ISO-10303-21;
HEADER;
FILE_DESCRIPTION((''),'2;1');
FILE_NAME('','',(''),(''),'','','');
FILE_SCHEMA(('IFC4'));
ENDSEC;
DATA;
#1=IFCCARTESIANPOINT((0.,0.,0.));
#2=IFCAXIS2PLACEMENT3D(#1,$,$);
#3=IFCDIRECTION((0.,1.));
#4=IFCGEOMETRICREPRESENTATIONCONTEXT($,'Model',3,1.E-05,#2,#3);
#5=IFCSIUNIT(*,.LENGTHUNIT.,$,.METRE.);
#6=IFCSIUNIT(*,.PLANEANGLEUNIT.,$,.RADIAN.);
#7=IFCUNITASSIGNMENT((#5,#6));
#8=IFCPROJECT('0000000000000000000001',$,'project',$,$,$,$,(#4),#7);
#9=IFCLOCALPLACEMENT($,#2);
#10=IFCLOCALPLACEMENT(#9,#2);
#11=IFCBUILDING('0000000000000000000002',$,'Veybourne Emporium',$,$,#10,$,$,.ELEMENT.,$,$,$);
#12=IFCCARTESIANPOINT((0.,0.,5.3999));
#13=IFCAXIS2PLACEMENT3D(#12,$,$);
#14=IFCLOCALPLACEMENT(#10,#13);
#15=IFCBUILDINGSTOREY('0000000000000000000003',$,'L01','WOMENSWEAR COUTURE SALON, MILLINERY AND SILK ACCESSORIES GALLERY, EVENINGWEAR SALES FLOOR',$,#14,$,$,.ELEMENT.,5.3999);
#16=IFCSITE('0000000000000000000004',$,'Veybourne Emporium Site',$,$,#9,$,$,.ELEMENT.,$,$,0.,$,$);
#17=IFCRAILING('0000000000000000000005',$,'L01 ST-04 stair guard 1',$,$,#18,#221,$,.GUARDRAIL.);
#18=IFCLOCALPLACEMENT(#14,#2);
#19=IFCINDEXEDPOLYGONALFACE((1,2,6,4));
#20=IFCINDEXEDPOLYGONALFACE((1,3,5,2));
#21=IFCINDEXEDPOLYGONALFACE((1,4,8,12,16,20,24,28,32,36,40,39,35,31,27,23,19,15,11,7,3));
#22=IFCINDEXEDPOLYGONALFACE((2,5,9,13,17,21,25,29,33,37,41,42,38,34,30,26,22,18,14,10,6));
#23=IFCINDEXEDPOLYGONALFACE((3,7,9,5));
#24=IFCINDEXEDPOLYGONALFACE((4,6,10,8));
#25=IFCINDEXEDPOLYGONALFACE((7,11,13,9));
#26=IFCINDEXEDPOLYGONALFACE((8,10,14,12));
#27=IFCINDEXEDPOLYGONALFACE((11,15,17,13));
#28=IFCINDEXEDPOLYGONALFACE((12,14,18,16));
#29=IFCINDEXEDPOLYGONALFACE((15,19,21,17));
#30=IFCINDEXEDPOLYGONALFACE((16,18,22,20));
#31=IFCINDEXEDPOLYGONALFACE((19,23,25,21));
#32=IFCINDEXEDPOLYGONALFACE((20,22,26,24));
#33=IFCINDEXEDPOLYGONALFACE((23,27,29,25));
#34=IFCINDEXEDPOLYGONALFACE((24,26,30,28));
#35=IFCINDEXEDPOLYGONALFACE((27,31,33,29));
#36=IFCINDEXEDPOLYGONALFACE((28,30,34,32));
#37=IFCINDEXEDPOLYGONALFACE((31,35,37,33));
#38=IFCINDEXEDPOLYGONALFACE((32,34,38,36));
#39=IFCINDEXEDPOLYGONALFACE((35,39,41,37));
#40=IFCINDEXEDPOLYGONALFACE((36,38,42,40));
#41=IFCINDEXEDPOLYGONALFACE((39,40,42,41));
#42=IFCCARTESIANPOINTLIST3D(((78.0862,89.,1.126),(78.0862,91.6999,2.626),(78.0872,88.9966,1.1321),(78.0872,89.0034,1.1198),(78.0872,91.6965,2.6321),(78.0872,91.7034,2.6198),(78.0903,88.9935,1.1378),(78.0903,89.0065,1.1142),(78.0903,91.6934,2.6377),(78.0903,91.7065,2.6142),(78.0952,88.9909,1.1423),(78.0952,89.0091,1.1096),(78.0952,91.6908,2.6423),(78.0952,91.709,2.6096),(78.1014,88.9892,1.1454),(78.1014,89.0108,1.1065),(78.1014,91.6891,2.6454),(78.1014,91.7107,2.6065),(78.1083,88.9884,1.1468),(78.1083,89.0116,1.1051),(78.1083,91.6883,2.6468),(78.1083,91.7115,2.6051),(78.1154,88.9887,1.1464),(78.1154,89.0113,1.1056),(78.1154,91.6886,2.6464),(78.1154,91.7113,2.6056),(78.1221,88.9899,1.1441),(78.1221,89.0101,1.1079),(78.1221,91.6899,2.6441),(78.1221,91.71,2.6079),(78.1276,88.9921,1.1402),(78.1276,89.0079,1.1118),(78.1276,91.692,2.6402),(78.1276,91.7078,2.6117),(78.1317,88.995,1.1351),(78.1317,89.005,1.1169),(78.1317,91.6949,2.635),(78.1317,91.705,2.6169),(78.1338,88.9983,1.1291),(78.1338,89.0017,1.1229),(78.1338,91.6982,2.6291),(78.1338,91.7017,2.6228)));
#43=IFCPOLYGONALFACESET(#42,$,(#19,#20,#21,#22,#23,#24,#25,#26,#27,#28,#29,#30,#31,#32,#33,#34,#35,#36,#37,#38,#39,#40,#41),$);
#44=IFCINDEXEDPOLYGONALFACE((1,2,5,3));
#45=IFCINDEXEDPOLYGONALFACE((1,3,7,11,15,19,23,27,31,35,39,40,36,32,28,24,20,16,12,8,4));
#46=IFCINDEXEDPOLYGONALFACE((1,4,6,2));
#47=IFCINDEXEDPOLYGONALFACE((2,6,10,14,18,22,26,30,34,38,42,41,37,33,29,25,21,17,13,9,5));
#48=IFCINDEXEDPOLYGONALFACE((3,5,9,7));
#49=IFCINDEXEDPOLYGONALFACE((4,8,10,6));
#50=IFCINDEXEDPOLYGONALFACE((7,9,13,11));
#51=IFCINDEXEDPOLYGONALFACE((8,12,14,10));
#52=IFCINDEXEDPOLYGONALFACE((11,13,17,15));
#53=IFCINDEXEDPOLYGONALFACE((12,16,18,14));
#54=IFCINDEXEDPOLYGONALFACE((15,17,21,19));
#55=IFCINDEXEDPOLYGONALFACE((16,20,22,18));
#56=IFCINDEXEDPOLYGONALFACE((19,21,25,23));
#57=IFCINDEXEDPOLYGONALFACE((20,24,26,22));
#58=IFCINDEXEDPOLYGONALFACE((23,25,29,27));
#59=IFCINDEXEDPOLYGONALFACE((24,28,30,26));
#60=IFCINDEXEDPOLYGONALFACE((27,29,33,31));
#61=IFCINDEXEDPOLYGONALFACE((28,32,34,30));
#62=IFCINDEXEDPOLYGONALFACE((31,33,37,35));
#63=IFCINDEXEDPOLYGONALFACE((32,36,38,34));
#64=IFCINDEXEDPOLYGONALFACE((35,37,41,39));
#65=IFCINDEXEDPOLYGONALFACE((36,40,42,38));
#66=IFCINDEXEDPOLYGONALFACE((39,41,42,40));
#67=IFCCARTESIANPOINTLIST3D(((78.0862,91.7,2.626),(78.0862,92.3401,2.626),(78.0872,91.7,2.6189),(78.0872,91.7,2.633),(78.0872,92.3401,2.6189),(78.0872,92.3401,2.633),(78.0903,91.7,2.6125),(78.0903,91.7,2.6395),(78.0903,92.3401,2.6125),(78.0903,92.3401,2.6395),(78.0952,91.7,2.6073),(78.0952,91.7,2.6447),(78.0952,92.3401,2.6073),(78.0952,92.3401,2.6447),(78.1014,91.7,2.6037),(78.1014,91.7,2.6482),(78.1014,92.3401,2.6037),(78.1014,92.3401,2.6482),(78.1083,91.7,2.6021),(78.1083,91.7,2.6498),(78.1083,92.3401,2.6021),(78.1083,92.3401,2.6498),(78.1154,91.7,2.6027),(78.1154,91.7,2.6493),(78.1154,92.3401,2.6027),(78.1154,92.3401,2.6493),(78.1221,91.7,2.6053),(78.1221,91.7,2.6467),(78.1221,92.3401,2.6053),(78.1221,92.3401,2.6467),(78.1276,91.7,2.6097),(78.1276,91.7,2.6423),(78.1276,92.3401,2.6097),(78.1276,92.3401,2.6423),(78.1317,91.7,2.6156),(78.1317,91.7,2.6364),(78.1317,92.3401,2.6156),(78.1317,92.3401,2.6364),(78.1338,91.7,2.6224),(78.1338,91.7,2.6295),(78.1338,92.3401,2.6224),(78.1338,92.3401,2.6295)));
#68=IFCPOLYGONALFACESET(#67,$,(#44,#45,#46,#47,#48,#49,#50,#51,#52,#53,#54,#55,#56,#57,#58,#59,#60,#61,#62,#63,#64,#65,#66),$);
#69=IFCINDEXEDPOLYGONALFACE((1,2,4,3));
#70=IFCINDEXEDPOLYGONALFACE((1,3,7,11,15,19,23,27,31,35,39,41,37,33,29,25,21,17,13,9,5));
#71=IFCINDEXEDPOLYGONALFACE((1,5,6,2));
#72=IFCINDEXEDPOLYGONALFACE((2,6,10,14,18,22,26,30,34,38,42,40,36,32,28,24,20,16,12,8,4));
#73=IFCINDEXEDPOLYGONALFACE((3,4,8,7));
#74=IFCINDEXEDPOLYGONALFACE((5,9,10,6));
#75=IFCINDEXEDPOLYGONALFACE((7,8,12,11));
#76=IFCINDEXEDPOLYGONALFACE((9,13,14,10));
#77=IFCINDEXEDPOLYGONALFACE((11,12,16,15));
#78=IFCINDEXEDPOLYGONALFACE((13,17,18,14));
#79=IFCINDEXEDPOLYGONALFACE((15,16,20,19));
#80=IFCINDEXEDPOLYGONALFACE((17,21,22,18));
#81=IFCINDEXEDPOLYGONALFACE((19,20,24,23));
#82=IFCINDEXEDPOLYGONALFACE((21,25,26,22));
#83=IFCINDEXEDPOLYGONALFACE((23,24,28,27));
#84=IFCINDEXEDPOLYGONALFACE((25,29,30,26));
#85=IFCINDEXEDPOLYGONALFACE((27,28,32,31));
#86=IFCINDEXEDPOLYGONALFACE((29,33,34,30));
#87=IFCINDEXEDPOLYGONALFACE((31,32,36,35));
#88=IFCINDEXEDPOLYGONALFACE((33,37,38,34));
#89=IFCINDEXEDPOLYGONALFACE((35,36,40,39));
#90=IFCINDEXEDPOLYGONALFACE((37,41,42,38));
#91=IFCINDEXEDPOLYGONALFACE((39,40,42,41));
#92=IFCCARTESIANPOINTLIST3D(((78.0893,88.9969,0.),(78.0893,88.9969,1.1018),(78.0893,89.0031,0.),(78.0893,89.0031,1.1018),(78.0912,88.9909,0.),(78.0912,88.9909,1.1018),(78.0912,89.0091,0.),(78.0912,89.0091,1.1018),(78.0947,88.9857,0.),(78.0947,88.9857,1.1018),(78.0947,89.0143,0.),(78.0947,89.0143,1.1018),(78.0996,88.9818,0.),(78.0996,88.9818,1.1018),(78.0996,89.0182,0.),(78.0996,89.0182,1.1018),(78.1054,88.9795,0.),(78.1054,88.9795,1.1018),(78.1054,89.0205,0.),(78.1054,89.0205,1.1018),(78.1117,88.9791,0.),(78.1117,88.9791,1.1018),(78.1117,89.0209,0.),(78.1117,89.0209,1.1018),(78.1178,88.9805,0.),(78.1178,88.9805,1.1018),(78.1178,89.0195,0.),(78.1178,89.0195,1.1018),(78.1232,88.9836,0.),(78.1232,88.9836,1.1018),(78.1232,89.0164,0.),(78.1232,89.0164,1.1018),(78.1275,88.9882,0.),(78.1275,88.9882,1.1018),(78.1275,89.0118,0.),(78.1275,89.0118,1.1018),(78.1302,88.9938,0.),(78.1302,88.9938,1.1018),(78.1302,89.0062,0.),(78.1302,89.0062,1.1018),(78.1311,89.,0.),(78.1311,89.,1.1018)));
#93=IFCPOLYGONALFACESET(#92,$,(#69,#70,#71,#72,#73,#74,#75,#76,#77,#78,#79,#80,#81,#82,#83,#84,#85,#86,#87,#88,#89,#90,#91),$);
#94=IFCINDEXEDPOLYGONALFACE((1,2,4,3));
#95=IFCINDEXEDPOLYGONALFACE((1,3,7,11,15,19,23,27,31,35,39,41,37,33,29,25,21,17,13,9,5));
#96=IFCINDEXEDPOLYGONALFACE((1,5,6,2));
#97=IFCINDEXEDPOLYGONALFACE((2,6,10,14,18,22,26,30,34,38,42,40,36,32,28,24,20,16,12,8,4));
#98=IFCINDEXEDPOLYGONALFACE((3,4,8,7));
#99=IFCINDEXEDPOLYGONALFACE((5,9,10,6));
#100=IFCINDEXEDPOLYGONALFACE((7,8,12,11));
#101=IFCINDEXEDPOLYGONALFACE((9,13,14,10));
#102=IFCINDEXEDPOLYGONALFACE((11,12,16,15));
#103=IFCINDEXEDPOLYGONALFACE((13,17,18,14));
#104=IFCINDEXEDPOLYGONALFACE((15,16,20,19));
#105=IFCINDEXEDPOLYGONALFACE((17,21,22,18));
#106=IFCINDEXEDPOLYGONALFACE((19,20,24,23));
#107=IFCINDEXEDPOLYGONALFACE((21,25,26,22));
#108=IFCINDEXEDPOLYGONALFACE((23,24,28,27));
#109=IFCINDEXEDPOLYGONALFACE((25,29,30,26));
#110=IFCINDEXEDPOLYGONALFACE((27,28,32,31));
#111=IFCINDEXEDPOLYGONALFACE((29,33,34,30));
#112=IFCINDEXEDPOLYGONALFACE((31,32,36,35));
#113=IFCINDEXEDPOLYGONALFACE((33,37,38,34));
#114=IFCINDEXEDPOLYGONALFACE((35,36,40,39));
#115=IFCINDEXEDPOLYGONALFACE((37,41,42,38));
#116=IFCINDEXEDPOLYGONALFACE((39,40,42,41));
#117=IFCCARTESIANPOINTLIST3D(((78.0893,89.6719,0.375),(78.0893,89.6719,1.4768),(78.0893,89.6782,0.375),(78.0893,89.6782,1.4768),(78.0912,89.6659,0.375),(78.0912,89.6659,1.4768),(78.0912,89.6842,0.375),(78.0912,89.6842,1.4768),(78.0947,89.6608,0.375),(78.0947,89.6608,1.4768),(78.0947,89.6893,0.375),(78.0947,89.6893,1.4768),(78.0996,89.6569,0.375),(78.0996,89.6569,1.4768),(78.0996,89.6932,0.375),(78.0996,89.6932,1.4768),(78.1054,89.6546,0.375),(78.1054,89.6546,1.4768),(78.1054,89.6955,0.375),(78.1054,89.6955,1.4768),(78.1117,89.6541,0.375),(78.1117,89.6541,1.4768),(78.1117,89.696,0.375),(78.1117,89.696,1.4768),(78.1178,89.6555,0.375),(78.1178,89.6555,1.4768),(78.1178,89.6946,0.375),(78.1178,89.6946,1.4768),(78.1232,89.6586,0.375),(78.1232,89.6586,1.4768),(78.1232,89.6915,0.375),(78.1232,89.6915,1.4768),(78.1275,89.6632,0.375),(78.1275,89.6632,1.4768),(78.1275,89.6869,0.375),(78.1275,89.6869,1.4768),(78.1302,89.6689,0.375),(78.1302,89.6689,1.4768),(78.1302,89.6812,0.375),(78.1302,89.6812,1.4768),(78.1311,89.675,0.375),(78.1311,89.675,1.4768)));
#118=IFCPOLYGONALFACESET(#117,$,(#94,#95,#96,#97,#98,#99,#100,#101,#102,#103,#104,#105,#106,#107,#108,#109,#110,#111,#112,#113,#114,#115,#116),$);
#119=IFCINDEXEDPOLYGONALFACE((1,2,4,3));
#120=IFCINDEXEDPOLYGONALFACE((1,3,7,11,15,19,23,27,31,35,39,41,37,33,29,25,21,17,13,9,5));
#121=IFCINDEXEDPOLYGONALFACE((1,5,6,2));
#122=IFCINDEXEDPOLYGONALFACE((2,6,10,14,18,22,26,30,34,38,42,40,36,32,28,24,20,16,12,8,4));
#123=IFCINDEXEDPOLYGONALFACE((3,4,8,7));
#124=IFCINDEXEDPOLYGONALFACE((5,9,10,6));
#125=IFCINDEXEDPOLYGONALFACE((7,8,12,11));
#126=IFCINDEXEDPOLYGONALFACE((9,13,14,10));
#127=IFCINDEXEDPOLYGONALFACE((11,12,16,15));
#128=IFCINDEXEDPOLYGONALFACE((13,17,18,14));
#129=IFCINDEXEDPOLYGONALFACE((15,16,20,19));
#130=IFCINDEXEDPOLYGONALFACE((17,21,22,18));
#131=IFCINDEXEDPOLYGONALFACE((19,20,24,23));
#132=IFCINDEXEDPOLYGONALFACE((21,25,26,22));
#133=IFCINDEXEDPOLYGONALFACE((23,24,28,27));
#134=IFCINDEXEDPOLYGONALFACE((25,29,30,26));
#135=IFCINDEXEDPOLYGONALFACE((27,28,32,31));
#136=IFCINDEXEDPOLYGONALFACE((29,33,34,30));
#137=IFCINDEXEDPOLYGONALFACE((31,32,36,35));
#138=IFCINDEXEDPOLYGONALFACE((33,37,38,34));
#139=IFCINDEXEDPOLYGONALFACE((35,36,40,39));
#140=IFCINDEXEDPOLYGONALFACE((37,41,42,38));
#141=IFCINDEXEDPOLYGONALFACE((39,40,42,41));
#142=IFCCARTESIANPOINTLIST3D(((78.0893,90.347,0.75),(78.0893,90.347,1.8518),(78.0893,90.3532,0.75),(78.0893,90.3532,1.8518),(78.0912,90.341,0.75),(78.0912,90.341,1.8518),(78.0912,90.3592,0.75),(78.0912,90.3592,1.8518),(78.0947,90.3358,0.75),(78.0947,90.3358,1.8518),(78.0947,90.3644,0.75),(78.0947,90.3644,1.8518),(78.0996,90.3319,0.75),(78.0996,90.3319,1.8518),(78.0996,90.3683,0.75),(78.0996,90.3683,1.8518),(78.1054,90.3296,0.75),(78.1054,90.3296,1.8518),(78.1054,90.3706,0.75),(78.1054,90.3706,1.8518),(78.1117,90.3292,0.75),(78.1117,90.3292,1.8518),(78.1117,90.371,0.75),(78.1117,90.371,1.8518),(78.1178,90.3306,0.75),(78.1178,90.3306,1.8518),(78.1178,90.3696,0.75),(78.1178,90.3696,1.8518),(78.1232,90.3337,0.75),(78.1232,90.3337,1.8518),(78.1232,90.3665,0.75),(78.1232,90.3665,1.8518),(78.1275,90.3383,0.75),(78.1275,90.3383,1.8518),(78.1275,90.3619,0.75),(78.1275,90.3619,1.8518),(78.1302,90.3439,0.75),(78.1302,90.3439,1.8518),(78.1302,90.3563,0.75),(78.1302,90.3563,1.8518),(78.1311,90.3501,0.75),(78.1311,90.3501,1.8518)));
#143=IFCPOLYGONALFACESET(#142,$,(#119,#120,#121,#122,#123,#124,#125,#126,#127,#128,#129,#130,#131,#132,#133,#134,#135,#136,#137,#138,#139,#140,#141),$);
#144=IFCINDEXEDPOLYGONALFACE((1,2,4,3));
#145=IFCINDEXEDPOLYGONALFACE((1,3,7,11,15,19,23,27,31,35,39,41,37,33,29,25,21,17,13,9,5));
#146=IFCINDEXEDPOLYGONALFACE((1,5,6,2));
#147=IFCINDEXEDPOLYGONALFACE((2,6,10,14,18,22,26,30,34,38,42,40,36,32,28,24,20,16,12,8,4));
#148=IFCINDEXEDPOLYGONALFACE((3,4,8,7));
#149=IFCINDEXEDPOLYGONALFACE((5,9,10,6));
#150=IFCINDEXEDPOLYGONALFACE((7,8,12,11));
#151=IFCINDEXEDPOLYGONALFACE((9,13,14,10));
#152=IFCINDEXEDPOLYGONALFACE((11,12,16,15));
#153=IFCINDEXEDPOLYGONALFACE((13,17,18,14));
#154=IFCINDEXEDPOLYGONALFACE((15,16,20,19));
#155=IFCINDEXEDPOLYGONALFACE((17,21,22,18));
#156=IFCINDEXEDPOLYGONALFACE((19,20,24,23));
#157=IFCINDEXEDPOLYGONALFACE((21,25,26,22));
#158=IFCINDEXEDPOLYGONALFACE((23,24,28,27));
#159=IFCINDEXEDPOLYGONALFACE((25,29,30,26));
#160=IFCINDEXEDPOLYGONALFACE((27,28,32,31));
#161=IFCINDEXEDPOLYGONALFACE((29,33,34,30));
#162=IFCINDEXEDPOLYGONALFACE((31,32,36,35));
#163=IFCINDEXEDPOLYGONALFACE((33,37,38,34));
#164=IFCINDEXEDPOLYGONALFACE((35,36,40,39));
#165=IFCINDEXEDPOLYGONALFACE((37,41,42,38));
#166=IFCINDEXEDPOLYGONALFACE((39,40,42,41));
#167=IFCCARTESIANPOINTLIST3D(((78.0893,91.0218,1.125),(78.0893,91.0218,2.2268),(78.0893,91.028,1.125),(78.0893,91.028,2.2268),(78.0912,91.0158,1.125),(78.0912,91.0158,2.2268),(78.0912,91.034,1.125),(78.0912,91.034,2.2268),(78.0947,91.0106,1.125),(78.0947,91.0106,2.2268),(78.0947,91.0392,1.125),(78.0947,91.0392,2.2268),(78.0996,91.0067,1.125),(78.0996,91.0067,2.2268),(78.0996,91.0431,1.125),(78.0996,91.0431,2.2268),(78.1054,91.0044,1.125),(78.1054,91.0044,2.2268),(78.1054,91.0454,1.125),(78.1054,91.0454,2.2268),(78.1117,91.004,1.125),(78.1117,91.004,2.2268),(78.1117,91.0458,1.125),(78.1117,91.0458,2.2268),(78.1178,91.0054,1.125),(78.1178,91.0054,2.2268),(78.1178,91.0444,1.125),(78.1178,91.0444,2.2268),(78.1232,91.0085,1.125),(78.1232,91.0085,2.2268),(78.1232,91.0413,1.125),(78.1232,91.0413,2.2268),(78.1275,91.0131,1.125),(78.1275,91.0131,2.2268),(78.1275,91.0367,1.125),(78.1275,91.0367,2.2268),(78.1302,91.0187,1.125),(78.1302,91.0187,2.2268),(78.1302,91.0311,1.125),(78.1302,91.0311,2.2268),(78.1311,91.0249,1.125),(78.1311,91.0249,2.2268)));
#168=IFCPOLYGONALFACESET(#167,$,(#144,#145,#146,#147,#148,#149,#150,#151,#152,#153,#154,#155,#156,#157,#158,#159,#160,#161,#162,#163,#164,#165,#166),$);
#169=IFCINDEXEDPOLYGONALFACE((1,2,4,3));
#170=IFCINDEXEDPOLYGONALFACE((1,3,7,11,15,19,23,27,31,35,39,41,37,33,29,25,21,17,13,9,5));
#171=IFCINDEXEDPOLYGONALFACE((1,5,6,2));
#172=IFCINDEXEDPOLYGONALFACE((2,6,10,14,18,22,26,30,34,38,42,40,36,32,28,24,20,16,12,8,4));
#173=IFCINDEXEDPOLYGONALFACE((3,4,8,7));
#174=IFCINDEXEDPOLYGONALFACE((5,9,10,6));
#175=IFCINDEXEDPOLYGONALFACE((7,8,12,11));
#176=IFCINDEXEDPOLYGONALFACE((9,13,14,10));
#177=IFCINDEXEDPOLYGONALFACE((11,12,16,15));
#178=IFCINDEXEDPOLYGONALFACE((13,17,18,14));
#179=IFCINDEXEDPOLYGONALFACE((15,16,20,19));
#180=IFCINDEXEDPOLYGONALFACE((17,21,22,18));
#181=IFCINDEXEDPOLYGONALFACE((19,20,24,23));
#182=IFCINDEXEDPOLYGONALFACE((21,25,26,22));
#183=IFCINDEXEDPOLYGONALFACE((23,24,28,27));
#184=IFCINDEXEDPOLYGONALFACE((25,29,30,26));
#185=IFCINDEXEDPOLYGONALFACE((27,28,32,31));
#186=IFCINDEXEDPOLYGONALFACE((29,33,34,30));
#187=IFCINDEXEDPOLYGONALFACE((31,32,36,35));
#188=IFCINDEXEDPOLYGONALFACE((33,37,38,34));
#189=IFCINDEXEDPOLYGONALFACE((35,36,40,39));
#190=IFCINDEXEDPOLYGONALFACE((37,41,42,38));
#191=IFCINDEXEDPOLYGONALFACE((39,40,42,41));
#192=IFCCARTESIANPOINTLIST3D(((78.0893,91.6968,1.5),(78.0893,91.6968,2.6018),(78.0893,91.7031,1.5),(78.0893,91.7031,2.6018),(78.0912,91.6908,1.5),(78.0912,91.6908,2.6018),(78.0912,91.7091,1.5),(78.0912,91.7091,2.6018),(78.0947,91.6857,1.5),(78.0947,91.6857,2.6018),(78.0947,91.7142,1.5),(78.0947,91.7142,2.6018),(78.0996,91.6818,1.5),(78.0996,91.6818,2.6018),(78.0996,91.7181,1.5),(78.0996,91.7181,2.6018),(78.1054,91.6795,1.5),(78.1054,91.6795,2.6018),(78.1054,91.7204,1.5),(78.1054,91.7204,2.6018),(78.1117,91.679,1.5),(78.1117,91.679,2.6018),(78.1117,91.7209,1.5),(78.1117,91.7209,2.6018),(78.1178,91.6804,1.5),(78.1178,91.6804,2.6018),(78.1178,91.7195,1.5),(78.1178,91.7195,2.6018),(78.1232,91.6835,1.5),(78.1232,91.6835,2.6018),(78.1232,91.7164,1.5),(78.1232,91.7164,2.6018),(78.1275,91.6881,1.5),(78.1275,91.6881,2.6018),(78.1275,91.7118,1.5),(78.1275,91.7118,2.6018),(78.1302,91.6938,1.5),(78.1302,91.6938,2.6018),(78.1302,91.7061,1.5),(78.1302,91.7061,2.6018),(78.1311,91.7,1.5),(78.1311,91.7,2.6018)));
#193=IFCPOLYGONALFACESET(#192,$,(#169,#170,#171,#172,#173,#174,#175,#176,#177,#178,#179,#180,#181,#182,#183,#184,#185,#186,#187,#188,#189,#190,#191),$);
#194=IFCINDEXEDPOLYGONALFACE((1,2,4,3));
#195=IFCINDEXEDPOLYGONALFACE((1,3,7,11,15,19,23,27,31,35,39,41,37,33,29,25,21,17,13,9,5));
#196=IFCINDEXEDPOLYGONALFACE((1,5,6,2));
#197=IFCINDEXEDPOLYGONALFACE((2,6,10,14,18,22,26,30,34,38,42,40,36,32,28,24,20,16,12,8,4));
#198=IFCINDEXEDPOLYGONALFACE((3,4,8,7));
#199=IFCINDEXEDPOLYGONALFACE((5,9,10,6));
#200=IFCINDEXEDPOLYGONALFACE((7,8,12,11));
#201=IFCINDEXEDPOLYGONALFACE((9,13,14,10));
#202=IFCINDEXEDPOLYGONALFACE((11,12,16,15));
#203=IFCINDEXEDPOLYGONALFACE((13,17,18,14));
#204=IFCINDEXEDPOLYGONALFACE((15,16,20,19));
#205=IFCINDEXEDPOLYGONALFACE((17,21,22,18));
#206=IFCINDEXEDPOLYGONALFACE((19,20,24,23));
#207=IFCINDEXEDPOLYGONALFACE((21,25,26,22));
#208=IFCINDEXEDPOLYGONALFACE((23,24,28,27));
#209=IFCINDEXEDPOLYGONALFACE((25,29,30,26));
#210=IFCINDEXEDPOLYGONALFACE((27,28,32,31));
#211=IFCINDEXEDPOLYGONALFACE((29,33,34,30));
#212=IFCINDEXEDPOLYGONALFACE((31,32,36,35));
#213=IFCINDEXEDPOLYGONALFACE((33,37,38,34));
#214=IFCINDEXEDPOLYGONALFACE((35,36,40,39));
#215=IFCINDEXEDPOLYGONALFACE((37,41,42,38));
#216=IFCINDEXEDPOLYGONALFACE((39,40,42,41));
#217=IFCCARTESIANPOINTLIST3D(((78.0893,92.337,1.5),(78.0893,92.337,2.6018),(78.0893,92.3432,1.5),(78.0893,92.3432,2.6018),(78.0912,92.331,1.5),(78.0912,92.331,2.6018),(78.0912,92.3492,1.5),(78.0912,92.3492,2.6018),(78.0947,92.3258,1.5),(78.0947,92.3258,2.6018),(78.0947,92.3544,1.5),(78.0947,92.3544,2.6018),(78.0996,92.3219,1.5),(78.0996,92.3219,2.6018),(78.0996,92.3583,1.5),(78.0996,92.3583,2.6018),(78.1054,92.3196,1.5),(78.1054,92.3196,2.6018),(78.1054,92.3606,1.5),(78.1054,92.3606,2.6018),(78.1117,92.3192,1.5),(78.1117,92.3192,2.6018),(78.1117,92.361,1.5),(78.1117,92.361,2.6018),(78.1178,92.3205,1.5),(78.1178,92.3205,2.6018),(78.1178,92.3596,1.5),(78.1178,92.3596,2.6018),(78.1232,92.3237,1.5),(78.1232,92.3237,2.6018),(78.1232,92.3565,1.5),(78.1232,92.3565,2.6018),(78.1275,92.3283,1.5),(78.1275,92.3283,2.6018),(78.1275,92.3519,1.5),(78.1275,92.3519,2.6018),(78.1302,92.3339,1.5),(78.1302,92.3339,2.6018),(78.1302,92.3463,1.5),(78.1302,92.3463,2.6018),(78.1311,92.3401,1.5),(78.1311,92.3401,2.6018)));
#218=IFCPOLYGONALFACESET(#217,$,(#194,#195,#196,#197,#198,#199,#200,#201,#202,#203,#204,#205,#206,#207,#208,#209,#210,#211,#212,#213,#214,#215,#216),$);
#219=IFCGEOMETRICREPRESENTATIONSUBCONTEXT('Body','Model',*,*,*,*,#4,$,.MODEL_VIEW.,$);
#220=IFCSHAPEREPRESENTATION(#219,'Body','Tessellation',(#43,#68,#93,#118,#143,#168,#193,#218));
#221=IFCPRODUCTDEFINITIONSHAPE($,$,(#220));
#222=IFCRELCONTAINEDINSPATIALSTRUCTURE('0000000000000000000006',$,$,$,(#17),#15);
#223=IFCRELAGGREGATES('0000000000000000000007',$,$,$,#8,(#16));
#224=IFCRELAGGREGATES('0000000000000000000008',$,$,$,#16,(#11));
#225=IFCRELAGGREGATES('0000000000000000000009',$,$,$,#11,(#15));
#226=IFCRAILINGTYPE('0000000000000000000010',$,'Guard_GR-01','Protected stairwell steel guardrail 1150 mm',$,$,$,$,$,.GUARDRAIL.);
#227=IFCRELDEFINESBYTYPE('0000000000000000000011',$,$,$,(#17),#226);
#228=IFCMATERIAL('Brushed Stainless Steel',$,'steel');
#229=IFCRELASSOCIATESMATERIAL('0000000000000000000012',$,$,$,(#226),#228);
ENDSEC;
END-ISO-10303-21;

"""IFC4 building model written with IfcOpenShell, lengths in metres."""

from ifc_helpers import new_model, si_unit, direction, frame, origin, origin_2d, place, context, subcontext, project, spatial, circle, extrude, material, type_object, element, save


model = new_model("IFC4")

# Units and contexts
model_context = context("Model", 3, precision=1e-05, world=origin(), true_north=direction((0.0, 1.0)))
body_context = subcontext(model_context, "Body", "Model", "MODEL_VIEW")
ifc_project = project(units=[si_unit("LENGTHUNIT", "METRE"), si_unit("PLANEANGLEUNIT", "RADIAN")], contexts=[model_context])

# Site, building, storey
site_placement = place(None, origin())
site = spatial("IfcSite", under=ifc_project, at=site_placement, Name="Veybourne Emporium Site", CompositionType="ELEMENT", RefElevation=0.0)
building_placement = place(site_placement, origin())
building = spatial("IfcBuilding", under=site, at=building_placement, Name="Veybourne Emporium", CompositionType="ELEMENT")
storey_placement = place(building_placement, frame((0.0, 0.0, 5.3999)))
storey = spatial("IfcBuildingStorey", under=building, at=storey_placement, Name="L01", Description="WOMENSWEAR COUTURE SALON, MILLINERY AND SILK ACCESSORIES GALLERY, EVENINGWEAR SALES FLOOR", CompositionType="ELEMENT", Elevation=5.3999)

# Railing
ifc_material_1 = material(Name="Brushed Stainless Steel", Category="steel")
railing_type_1 = type_object("IfcRailingType", Name="Guard_GR-01", Description="Protected stairwell steel guardrail 1150 mm", PredefinedType="GUARDRAIL", material=ifc_material_1)
railing_1_placement = place(storey_placement, frame((78.1101, 89.0, 0.0)))
element("IfcRailing", 1, at=railing_1_placement, inside=storey, type_object=railing_type_1, Name="L01 ST-04 stair guard 1", PredefinedType="GUARDRAIL", context=body_context, shape_type="SweptSolid", body=[
    extrude(circle(Radius=0.0239, at=origin_2d()), frame((0.0, 0.0, 1.126), z_axis=(0.0, 0.874154, 0.48565), x_axis=(-1.0, 0.0, 0.0)), (0.0, 0.0, 1.0), 3.0886),
    extrude(circle(Radius=0.0239, at=origin_2d()), frame((0.0, 2.7, 2.626), z_axis=(0.0, 1.0, 0.0), x_axis=(-1.0, 0.0, 0.0)), (0.0, 0.0, 1.0), 0.6401),
    extrude(circle(Radius=0.021, at=origin_2d()), origin(), (0.0, 0.0, 1.0), 1.1018),
    extrude(circle(Radius=0.021, at=origin_2d()), frame((0.0, 0.675, 0.375)), (0.0, 0.0, 1.0), 1.1018),
    extrude(circle(Radius=0.021, at=origin_2d()), frame((0.0, 1.3501, 0.75)), (0.0, 0.0, 1.0), 1.1018),
    extrude(circle(Radius=0.021, at=origin_2d()), frame((0.0, 2.0249, 1.125)), (0.0, 0.0, 1.0), 1.1018),
    extrude(circle(Radius=0.021, at=origin_2d()), frame((0.0, 2.7, 1.5)), (0.0, 0.0, 1.0), 1.1018),
    extrude(circle(Radius=0.021, at=origin_2d()), frame((0.0, 3.3401, 1.5)), (0.0, 0.0, 1.0), 1.1018),
])

save(model, "model.ifc")
